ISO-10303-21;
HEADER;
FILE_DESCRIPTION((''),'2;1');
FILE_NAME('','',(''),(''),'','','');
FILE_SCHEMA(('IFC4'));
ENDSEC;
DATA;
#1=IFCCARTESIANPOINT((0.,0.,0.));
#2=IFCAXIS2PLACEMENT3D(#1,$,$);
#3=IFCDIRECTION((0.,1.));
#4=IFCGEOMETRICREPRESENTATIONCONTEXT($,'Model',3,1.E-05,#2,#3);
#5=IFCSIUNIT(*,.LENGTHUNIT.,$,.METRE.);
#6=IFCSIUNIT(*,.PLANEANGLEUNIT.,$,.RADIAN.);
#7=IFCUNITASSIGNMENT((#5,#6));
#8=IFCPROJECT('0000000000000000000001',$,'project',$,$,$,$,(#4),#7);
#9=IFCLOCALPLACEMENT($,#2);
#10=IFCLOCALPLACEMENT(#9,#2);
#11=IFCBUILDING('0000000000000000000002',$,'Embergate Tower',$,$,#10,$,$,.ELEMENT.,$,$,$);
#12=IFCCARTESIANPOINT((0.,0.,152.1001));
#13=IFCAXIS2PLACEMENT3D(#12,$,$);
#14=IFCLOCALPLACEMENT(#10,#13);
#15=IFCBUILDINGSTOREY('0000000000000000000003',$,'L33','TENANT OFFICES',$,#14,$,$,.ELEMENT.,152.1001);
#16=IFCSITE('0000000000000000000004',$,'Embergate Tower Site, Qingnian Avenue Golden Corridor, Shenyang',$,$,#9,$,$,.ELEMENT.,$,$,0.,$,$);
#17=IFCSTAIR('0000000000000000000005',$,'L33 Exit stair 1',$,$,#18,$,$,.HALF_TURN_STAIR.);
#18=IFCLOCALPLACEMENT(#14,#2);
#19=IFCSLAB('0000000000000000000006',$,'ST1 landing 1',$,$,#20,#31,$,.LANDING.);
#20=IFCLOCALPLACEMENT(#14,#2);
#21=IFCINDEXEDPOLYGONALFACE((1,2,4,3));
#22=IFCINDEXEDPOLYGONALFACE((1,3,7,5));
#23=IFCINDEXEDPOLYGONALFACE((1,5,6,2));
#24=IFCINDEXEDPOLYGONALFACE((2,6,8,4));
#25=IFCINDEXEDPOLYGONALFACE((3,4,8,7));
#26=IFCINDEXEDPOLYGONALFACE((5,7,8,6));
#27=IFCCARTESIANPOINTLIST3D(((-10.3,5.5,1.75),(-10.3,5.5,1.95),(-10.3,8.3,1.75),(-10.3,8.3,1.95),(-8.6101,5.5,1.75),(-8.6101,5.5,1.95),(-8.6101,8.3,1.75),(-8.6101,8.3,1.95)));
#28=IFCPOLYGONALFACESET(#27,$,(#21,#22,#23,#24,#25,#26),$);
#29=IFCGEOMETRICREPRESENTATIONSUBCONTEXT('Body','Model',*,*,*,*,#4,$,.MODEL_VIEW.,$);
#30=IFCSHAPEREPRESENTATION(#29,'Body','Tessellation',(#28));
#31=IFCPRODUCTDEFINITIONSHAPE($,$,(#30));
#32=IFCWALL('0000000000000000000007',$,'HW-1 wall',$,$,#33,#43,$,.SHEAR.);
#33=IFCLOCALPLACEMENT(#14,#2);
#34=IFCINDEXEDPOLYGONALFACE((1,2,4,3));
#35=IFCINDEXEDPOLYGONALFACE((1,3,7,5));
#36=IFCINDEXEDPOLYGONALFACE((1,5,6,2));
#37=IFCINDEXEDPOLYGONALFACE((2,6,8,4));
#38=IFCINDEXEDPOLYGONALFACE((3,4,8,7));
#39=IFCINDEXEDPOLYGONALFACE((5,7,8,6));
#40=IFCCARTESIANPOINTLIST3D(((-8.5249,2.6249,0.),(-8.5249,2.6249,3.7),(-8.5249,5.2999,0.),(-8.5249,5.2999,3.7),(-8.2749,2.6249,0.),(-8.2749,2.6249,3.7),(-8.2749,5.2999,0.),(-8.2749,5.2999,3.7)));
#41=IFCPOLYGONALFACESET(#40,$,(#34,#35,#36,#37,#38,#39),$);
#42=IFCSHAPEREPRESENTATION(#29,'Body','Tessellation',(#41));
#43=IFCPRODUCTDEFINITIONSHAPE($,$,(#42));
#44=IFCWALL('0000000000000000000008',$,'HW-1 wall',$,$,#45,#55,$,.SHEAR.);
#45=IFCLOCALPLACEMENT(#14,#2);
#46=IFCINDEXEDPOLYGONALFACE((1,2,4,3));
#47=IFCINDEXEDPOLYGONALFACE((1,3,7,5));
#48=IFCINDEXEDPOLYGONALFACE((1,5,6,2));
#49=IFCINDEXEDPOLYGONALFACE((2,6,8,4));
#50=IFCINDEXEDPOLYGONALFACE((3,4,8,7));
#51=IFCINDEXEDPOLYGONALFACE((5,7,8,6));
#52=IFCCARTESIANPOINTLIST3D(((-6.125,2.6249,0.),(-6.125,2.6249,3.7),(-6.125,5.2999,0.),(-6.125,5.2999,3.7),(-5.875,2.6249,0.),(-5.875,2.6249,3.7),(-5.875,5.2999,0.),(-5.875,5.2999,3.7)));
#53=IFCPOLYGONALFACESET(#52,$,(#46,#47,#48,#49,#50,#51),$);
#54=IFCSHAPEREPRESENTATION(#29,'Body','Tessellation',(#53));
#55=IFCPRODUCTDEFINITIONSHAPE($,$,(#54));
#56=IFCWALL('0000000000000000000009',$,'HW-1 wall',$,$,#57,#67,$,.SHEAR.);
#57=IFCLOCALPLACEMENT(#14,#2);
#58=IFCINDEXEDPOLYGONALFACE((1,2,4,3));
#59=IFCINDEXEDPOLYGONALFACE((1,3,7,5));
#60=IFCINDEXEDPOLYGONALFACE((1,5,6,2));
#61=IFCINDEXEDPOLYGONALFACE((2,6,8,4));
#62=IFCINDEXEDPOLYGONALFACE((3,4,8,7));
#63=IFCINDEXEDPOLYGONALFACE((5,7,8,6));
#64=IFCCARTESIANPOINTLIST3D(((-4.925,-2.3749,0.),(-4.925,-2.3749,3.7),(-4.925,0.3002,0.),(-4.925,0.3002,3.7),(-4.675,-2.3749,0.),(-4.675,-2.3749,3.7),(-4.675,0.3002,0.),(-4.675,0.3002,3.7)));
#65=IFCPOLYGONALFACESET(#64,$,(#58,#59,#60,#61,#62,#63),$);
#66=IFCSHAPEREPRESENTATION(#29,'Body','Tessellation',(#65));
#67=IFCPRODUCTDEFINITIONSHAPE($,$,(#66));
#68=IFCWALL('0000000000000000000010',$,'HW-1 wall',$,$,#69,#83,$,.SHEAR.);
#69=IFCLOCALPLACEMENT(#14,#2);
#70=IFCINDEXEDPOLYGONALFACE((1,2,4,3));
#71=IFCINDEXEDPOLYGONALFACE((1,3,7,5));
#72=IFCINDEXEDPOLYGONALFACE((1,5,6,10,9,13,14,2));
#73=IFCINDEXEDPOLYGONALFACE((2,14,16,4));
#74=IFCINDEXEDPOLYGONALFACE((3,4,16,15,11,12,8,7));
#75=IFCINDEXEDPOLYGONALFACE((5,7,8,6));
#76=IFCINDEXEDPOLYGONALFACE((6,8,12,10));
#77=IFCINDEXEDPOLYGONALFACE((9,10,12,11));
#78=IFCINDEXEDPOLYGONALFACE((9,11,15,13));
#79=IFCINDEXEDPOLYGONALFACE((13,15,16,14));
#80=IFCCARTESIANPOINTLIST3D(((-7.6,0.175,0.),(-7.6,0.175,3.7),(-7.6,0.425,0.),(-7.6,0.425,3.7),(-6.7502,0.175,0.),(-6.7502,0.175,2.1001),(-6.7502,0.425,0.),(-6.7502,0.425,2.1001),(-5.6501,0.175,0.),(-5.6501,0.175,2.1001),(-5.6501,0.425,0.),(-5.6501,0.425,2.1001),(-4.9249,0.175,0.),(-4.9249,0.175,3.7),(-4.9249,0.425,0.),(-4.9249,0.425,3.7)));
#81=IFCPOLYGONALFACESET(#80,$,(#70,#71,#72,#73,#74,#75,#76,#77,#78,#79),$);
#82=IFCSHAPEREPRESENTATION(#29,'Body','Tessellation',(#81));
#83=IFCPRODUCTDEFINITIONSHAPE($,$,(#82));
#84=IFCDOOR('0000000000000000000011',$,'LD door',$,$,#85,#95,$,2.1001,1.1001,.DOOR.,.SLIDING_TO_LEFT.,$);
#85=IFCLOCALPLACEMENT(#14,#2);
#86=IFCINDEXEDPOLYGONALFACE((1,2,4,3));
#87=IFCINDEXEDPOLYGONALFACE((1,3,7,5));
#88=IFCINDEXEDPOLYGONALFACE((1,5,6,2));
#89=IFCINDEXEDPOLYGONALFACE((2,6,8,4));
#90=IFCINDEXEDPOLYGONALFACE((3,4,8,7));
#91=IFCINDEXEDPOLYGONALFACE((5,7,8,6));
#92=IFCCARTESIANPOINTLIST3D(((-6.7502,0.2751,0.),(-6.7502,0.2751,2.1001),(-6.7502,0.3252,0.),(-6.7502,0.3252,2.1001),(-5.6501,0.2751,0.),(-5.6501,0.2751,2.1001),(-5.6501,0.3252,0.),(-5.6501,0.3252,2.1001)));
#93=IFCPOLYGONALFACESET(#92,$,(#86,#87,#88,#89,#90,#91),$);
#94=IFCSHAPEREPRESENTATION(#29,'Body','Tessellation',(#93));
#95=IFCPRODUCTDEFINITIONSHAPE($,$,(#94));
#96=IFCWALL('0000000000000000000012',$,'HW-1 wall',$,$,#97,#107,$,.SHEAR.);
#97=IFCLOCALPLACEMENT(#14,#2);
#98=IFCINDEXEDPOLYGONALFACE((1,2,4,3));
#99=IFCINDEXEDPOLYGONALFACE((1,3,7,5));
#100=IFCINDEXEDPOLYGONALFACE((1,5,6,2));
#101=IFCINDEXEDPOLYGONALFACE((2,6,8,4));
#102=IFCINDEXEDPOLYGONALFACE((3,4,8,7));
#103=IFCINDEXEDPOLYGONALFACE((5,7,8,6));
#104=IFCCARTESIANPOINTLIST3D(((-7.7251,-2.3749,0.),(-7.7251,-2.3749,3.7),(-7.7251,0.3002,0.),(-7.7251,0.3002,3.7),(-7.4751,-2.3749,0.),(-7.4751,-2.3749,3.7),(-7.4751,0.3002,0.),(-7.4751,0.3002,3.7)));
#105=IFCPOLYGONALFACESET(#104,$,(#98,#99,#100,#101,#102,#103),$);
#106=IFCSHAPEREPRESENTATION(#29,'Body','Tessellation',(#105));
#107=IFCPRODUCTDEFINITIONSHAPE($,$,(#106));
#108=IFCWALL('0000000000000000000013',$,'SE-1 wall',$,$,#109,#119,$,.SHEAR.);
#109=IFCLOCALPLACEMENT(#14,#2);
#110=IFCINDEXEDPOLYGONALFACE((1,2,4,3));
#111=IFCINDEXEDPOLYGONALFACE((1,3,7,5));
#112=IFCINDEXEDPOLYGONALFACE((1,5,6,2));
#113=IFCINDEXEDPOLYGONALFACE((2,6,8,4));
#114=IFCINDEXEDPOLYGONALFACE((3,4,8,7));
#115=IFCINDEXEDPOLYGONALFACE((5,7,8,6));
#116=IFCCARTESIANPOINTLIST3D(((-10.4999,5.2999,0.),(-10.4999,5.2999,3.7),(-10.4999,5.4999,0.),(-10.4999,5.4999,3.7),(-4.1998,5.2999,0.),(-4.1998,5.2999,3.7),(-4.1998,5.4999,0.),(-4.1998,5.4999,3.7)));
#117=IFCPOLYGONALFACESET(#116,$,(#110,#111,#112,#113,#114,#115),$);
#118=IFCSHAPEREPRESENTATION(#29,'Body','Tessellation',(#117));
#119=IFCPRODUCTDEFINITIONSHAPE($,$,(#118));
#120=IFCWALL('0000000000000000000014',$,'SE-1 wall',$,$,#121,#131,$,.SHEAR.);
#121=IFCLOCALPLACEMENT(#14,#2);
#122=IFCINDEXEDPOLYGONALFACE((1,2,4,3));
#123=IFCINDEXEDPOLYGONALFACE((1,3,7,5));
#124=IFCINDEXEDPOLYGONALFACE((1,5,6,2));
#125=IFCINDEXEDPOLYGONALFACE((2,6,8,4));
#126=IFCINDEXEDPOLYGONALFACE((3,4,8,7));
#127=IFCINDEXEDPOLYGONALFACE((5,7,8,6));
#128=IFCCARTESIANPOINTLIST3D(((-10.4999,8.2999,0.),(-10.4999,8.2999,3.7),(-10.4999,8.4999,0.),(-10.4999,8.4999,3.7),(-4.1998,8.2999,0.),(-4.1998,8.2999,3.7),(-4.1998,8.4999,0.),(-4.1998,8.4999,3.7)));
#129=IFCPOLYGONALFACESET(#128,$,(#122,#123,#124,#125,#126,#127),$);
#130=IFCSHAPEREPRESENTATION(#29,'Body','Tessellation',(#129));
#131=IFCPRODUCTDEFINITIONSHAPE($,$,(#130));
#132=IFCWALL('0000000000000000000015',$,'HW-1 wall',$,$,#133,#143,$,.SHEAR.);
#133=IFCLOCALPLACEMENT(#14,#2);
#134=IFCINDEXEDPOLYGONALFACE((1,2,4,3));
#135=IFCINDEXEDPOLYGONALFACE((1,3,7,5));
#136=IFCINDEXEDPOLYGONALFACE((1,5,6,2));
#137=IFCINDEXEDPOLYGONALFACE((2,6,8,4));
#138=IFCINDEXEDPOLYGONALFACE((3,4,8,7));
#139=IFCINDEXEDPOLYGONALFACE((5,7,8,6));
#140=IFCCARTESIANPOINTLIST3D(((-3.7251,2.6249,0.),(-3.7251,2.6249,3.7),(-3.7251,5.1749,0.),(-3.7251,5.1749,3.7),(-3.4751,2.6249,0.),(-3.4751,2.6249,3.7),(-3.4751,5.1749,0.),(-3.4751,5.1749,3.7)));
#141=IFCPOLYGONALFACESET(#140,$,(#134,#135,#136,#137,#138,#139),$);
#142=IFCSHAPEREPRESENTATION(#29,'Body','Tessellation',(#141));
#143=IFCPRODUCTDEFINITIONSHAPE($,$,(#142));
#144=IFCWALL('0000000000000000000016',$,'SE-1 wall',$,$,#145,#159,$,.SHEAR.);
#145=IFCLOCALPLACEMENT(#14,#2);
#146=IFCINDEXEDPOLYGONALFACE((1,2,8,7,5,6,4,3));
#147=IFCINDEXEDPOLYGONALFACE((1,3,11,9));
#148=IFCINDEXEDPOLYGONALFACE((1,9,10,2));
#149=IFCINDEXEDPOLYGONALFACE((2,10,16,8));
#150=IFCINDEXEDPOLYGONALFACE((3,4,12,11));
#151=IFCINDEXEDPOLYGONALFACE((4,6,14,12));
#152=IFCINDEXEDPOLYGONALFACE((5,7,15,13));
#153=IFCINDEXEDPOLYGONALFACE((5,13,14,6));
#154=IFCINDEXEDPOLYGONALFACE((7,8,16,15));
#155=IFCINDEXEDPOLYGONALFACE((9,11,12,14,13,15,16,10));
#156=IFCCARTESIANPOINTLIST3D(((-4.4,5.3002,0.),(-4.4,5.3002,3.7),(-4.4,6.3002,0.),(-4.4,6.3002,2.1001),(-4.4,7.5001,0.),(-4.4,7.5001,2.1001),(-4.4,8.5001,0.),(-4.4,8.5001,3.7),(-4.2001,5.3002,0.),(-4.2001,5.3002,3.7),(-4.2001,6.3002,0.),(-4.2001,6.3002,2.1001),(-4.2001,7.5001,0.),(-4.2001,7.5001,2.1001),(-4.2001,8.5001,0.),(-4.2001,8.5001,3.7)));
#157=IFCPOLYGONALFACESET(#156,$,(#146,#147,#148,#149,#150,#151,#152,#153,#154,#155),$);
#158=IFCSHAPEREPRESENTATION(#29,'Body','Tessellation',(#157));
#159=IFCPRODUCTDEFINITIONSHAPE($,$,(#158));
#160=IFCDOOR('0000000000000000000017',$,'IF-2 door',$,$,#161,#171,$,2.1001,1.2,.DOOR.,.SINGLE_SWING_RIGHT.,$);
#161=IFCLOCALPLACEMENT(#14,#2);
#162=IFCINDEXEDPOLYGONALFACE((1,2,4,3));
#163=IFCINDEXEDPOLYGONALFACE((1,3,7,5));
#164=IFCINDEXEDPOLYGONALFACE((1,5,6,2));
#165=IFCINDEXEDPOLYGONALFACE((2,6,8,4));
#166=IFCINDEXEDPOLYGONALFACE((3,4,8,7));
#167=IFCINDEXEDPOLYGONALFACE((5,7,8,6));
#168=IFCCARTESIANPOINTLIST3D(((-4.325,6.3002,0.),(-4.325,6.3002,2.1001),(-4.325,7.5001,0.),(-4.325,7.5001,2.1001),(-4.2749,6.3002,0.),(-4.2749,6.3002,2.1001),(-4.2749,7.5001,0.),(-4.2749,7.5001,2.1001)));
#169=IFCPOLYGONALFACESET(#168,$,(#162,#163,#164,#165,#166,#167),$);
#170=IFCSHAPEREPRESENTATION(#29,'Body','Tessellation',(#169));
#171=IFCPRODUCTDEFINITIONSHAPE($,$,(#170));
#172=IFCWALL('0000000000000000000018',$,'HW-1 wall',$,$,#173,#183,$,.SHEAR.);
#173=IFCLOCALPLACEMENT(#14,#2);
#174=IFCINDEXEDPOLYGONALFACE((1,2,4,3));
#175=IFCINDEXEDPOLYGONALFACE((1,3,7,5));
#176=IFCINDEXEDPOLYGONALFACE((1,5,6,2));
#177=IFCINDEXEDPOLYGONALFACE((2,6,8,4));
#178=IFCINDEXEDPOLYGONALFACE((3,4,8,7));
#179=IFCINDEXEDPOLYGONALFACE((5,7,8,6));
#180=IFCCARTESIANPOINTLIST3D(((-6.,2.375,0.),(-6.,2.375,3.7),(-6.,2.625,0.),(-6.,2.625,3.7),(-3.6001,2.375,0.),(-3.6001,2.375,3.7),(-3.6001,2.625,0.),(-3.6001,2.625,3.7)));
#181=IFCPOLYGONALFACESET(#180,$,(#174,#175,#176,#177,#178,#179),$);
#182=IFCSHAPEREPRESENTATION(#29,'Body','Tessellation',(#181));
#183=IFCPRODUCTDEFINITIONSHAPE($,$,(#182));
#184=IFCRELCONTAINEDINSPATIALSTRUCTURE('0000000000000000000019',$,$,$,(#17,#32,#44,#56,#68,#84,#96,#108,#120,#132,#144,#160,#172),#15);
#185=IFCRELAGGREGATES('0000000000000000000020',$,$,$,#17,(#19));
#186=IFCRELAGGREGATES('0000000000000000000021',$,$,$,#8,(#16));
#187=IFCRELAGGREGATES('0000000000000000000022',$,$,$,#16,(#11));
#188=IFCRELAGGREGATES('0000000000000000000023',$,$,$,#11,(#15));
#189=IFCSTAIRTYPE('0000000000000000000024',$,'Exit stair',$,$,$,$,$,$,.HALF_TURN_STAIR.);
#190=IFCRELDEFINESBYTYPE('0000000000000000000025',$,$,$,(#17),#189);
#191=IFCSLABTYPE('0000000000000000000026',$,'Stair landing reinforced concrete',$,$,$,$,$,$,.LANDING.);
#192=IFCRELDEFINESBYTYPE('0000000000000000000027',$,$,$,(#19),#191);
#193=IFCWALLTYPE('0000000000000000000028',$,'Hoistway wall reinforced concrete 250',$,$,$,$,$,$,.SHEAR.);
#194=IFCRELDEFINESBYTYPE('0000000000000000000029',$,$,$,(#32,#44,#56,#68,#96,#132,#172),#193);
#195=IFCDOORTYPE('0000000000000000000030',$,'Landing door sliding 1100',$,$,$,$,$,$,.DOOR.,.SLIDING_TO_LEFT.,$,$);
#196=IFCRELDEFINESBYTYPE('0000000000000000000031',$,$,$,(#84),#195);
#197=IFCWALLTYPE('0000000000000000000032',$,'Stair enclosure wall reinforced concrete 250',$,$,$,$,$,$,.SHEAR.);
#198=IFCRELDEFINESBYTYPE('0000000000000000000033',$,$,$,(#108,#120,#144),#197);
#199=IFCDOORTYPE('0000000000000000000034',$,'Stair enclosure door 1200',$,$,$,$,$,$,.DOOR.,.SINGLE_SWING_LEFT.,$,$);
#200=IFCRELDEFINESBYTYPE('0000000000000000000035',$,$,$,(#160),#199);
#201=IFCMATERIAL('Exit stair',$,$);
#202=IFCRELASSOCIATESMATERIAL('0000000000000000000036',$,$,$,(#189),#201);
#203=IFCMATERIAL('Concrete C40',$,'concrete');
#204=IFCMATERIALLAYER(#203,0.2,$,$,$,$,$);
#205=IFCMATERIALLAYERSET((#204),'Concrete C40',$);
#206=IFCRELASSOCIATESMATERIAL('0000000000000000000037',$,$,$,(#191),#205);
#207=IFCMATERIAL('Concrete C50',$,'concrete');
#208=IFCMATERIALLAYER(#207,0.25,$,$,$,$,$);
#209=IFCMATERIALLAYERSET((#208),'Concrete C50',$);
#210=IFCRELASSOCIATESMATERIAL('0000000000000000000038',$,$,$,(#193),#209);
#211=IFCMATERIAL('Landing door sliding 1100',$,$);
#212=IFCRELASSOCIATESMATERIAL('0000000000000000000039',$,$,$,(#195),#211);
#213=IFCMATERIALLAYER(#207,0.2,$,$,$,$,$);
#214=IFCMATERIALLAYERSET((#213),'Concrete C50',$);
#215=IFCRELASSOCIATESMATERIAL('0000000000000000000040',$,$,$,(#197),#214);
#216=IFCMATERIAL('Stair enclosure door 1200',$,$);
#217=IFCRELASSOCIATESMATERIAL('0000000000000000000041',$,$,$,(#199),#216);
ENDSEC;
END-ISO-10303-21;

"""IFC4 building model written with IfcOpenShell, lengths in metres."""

from ifc_helpers import new_model, si_unit, direction, frame, frame_2d, origin, place, context, subcontext, project, spatial, polyline, rectangle, outline, extrude, source, transform, mapped, material, layer, layer_set, type_object, element, fill, aggregate, save


model = new_model("IFC4")

# Units and contexts
model_context = context("Model", 3, precision=1e-05, world=origin(), true_north=direction((0.0, 1.0)))
body_context = subcontext(model_context, "Body", "Model", "MODEL_VIEW")
ifc_project = project(units=[si_unit("LENGTHUNIT", "METRE"), si_unit("PLANEANGLEUNIT", "RADIAN")], contexts=[model_context])

# Site, building, storey
site_placement = place(None, origin())
site = spatial("IfcSite", under=ifc_project, at=site_placement, Name="Embergate Tower Site, Qingnian Avenue Golden Corridor, Shenyang", CompositionType="ELEMENT", RefElevation=0.0)
building_placement = place(site_placement, origin())
building = spatial("IfcBuilding", under=site, at=building_placement, Name="Embergate Tower", CompositionType="ELEMENT")
storey_placement = place(building_placement, frame((0.0, 0.0, 152.1001)))
storey = spatial("IfcBuildingStorey", under=building, at=storey_placement, Name="L33", Description="TENANT OFFICES", CompositionType="ELEMENT", Elevation=152.1001)

# Stair, slab
ifc_material_1 = material(Name="Exit stair")
stair_type = type_object("IfcStairType", Name="Exit stair", PredefinedType="HALF_TURN_STAIR", material=ifc_material_1)
stair_placement = place(storey_placement, origin())
stair = element("IfcStair", 1, at=stair_placement, inside=storey, type_object=stair_type, Name="L33 Exit stair 1", PredefinedType="HALF_TURN_STAIR")
ifc_material_2 = material(Name="Concrete C40", Category="concrete")
ifc_layer_1 = layer(ifc_material_2, 0.2)
ifc_layer_set_1 = layer_set([ifc_layer_1], Name="Concrete C40")
slab_type = type_object("IfcSlabType", Name="Stair landing reinforced concrete", PredefinedType="LANDING", material=ifc_layer_set_1)
shared_shape_1 = source(origin(), body_context, "Body", "SweptSolid", [
    extrude(outline(polyline([(0.0, 0.0), (1.6899, 0.0), (1.6899, 2.8), (0.0, 2.8), (0.0, 0.0)])), origin(), (0.0, 0.0, 1.0), 0.2),
])
slab_placement = place(storey_placement, frame((-10.3, 5.5, 1.75)))
slab = element("IfcSlab", 2, at=slab_placement, type_object=slab_type, Name="ST1 landing 1", PredefinedType="LANDING", context=body_context, shape_type="MappedRepresentation", body=[
    mapped(shared_shape_1, transform((0.0, 0.0, 0.0))),
])

# Walls
ifc_material_3 = material(Name="Concrete C50", Category="concrete")
ifc_layer_2 = layer(ifc_material_3, 0.25)
ifc_layer_set_2 = layer_set([ifc_layer_2], Name="Concrete C50")
wall_type_1 = type_object("IfcWallType", Name="Hoistway wall reinforced concrete 250", PredefinedType="SHEAR", material=ifc_layer_set_2)
shared_shape_2 = source(origin(), body_context, "Body", "SweptSolid", [
    extrude(rectangle(XDim=2.675, YDim=0.25, at=frame_2d((1.3374, 0.0))), origin(), (0.0, 0.0, 1.0), 3.7),
])
for number, where, z_axis, x_axis, name in (
    (3, (-8.3999, 2.625, 0.0), (0.0, 0.0, 1.0), (0.0, 1.0, 0.0), "HW-1 wall"),
    (4, (-6.0, 2.625, 0.0), (0.0, 0.0, 1.0), (0.0, 1.0, 0.0), "HW-1 wall"),
    (5, (-4.8, 0.3, 0.0), (0.0, 0.0, 1.0), (0.0, -1.0, 0.0), "HW-1 wall"),
):
    element("IfcWall", number, at=place(storey_placement, frame(where, z_axis=z_axis, x_axis=x_axis)), inside=storey, type_object=wall_type_1, Name=name, PredefinedType="SHEAR", context=body_context, shape_type="MappedRepresentation", body=[
        mapped(shared_shape_2, transform((0.0, 0.0, 0.0))),
    ])

# Wall, opening, door
wall_1_placement = place(storey_placement, frame((-4.925, 0.3, 0.0), z_axis=(0.0, 0.0, 1.0), x_axis=(-1.0, 0.0, 0.0)))
wall_1 = element("IfcWall", 6, at=wall_1_placement, inside=storey, type_object=wall_type_1, Name="HW-1 wall", PredefinedType="SHEAR", context=body_context, shape_type="MappedRepresentation", body=[
    mapped(shared_shape_2, transform((0.0, 0.0, 0.0))),
])
shared_shape_3 = source(origin(), body_context, "Body", "SweptSolid", [
    extrude(rectangle(XDim=1.1001, YDim=2.1001, at=frame_2d((0.55, 1.05))), frame((0.0, 0.135, 0.0), z_axis=(0.0, -1.0, 0.0), x_axis=(1.0, 0.0, 0.0)), (0.0, 0.0, 1.0), 0.27),
])
opening_1_placement = place(wall_1_placement, frame((0.7251, 0.0, 0.0)))
opening_1 = element("IfcOpeningElement", 7, at=opening_1_placement, cuts=wall_1, PredefinedType="OPENING", context=body_context, shape_type="MappedRepresentation", body=[
    mapped(shared_shape_3, transform((0.0, 0.0, 0.0))),
])
ifc_material_4 = material(Name="Landing door sliding 1100")
door_type_1 = type_object("IfcDoorType", Name="Landing door sliding 1100", OperationType="SLIDING_TO_LEFT", PredefinedType="DOOR", material=ifc_material_4)
shared_shape_4 = source(origin(), body_context, "Body", "SweptSolid", [
    extrude(rectangle(XDim=1.1001, YDim=2.1001, at=frame_2d((0.55, 1.05))), frame((0.0, 0.0249, 0.0), z_axis=(0.0, -1.0, 0.0), x_axis=(1.0, 0.0, 0.0)), (0.0, 0.0, 1.0), 0.05),
])
door_1_placement = place(opening_1_placement, origin())
door_1 = element("IfcDoor", 8, at=door_1_placement, inside=storey, type_object=door_type_1, Name="LD door", OperationType="SLIDING_TO_LEFT", OverallHeight=2.1001, OverallWidth=1.1001, PredefinedType="DOOR", context=body_context, shape_type="MappedRepresentation", body=[
    mapped(shared_shape_4, transform((0.0, 0.0, 0.0))),
])
fill(opening_1, door_1)

# Walls
wall_2_placement = place(storey_placement, frame((-7.6001, 0.3, 0.0), z_axis=(0.0, 0.0, 1.0), x_axis=(0.0, -1.0, 0.0)))
element("IfcWall", 9, at=wall_2_placement, inside=storey, type_object=wall_type_1, Name="HW-1 wall", PredefinedType="SHEAR", context=body_context, shape_type="MappedRepresentation", body=[
    mapped(shared_shape_2, transform((0.0, 0.0, 0.0))),
])
ifc_layer_3 = layer(ifc_material_3, 0.2)
ifc_layer_set_3 = layer_set([ifc_layer_3], Name="Concrete C50")
wall_type_2 = type_object("IfcWallType", Name="Stair enclosure wall reinforced concrete 250", PredefinedType="SHEAR", material=ifc_layer_set_3)
shared_shape_5 = source(origin(), body_context, "Body", "SweptSolid", [
    extrude(rectangle(XDim=6.3, YDim=0.2, at=frame_2d((3.1499, 0.0))), origin(), (0.0, 0.0, 1.0), 3.7),
])
for number, where, z_axis, x_axis, name in (
    (10, (-4.2, 5.3999, 0.0), (0.0, 0.0, 1.0), (-1.0, 0.0, 0.0), "SE-1 wall"),
    (11, (-4.2, 8.3999, 0.0), (0.0, 0.0, 1.0), (-1.0, 0.0, 0.0), "SE-1 wall"),
):
    element("IfcWall", number, at=place(storey_placement, frame(where, z_axis=z_axis, x_axis=x_axis)), inside=storey, type_object=wall_type_2, Name=name, PredefinedType="SHEAR", context=body_context, shape_type="MappedRepresentation", body=[
        mapped(shared_shape_5, transform((0.0, 0.0, 0.0))),
    ])
shared_shape_6 = source(origin(), body_context, "Body", "SweptSolid", [
    extrude(rectangle(XDim=2.55, YDim=0.25, at=frame_2d((1.2749, 0.0))), origin(), (0.0, 0.0, 1.0), 3.7),
])
wall_3_placement = place(storey_placement, frame((-3.6001, 2.625, 0.0), z_axis=(0.0, 0.0, 1.0), x_axis=(0.0, 1.0, 0.0)))
element("IfcWall", 12, at=wall_3_placement, inside=storey, type_object=wall_type_1, Name="HW-1 wall", PredefinedType="SHEAR", context=body_context, shape_type="MappedRepresentation", body=[
    mapped(shared_shape_6, transform((0.0, 0.0, 0.0))),
])

# Wall, opening, door
shared_shape_7 = source(origin(), body_context, "Body", "SweptSolid", [
    extrude(rectangle(XDim=3.2, YDim=0.2, at=frame_2d((1.6001, 0.0))), origin(), (0.0, 0.0, 1.0), 3.7),
])
wall_4_placement = place(storey_placement, frame((-4.3, 5.3, 0.0), z_axis=(0.0, 0.0, 1.0), x_axis=(0.0, 1.0, 0.0)))
wall_4 = element("IfcWall", 13, at=wall_4_placement, inside=storey, type_object=wall_type_2, Name="SE-1 wall", PredefinedType="SHEAR", context=body_context, shape_type="MappedRepresentation", body=[
    mapped(shared_shape_7, transform((0.0, 0.0, 0.0))),
])
shared_shape_8 = source(origin(), body_context, "Body", "SweptSolid", [
    extrude(rectangle(XDim=1.2, YDim=2.1001, at=frame_2d((0.6001, 1.05))), frame((0.0, 0.1099, 0.0), z_axis=(0.0, -1.0, 0.0), x_axis=(1.0, 0.0, 0.0)), (0.0, 0.0, 1.0), 0.22),
])
opening_2_placement = place(wall_4_placement, frame((1.0, 0.0, 0.0)))
opening_2 = element("IfcOpeningElement", 14, at=opening_2_placement, cuts=wall_4, PredefinedType="OPENING", context=body_context, shape_type="MappedRepresentation", body=[
    mapped(shared_shape_8, transform((0.0, 0.0, 0.0))),
])
ifc_material_5 = material(Name="Stair enclosure door 1200")
door_type_2 = type_object("IfcDoorType", Name="Stair enclosure door 1200", OperationType="SINGLE_SWING_LEFT", PredefinedType="DOOR", material=ifc_material_5)
shared_shape_9 = source(origin(), body_context, "Body", "SweptSolid", [
    extrude(rectangle(XDim=1.2, YDim=2.1001, at=frame_2d((0.6001, 1.05))), frame((0.0, 0.0249, 0.0), z_axis=(0.0, -1.0, 0.0), x_axis=(1.0, 0.0, 0.0)), (0.0, 0.0, 1.0), 0.05),
])
door_2_placement = place(opening_2_placement, origin())
door_2 = element("IfcDoor", 15, at=door_2_placement, inside=storey, type_object=door_type_2, Name="IF-2 door", OperationType="SINGLE_SWING_RIGHT", OverallHeight=2.1001, OverallWidth=1.2, PredefinedType="DOOR", context=body_context, shape_type="MappedRepresentation", body=[
    mapped(shared_shape_9, transform((0.0, 0.0, 0.0))),
])
fill(opening_2, door_2)

# Wall
shared_shape_10 = source(origin(), body_context, "Body", "SweptSolid", [
    extrude(rectangle(XDim=2.3999, YDim=0.25, at=frame_2d((1.2, 0.0))), origin(), (0.0, 0.0, 1.0), 3.7),
])
wall_5_placement = place(storey_placement, frame((-6.0, 2.5, 0.0), z_axis=(0.0, 0.0, 1.0), x_axis=(1.0, 0.0, 0.0)))
element("IfcWall", 16, at=wall_5_placement, inside=storey, type_object=wall_type_1, Name="HW-1 wall", PredefinedType="SHEAR", context=body_context, shape_type="MappedRepresentation", body=[
    mapped(shared_shape_10, transform((0.0, 0.0, 0.0))),
])

aggregate(stair, [slab])

save(model, "model.ifc")
